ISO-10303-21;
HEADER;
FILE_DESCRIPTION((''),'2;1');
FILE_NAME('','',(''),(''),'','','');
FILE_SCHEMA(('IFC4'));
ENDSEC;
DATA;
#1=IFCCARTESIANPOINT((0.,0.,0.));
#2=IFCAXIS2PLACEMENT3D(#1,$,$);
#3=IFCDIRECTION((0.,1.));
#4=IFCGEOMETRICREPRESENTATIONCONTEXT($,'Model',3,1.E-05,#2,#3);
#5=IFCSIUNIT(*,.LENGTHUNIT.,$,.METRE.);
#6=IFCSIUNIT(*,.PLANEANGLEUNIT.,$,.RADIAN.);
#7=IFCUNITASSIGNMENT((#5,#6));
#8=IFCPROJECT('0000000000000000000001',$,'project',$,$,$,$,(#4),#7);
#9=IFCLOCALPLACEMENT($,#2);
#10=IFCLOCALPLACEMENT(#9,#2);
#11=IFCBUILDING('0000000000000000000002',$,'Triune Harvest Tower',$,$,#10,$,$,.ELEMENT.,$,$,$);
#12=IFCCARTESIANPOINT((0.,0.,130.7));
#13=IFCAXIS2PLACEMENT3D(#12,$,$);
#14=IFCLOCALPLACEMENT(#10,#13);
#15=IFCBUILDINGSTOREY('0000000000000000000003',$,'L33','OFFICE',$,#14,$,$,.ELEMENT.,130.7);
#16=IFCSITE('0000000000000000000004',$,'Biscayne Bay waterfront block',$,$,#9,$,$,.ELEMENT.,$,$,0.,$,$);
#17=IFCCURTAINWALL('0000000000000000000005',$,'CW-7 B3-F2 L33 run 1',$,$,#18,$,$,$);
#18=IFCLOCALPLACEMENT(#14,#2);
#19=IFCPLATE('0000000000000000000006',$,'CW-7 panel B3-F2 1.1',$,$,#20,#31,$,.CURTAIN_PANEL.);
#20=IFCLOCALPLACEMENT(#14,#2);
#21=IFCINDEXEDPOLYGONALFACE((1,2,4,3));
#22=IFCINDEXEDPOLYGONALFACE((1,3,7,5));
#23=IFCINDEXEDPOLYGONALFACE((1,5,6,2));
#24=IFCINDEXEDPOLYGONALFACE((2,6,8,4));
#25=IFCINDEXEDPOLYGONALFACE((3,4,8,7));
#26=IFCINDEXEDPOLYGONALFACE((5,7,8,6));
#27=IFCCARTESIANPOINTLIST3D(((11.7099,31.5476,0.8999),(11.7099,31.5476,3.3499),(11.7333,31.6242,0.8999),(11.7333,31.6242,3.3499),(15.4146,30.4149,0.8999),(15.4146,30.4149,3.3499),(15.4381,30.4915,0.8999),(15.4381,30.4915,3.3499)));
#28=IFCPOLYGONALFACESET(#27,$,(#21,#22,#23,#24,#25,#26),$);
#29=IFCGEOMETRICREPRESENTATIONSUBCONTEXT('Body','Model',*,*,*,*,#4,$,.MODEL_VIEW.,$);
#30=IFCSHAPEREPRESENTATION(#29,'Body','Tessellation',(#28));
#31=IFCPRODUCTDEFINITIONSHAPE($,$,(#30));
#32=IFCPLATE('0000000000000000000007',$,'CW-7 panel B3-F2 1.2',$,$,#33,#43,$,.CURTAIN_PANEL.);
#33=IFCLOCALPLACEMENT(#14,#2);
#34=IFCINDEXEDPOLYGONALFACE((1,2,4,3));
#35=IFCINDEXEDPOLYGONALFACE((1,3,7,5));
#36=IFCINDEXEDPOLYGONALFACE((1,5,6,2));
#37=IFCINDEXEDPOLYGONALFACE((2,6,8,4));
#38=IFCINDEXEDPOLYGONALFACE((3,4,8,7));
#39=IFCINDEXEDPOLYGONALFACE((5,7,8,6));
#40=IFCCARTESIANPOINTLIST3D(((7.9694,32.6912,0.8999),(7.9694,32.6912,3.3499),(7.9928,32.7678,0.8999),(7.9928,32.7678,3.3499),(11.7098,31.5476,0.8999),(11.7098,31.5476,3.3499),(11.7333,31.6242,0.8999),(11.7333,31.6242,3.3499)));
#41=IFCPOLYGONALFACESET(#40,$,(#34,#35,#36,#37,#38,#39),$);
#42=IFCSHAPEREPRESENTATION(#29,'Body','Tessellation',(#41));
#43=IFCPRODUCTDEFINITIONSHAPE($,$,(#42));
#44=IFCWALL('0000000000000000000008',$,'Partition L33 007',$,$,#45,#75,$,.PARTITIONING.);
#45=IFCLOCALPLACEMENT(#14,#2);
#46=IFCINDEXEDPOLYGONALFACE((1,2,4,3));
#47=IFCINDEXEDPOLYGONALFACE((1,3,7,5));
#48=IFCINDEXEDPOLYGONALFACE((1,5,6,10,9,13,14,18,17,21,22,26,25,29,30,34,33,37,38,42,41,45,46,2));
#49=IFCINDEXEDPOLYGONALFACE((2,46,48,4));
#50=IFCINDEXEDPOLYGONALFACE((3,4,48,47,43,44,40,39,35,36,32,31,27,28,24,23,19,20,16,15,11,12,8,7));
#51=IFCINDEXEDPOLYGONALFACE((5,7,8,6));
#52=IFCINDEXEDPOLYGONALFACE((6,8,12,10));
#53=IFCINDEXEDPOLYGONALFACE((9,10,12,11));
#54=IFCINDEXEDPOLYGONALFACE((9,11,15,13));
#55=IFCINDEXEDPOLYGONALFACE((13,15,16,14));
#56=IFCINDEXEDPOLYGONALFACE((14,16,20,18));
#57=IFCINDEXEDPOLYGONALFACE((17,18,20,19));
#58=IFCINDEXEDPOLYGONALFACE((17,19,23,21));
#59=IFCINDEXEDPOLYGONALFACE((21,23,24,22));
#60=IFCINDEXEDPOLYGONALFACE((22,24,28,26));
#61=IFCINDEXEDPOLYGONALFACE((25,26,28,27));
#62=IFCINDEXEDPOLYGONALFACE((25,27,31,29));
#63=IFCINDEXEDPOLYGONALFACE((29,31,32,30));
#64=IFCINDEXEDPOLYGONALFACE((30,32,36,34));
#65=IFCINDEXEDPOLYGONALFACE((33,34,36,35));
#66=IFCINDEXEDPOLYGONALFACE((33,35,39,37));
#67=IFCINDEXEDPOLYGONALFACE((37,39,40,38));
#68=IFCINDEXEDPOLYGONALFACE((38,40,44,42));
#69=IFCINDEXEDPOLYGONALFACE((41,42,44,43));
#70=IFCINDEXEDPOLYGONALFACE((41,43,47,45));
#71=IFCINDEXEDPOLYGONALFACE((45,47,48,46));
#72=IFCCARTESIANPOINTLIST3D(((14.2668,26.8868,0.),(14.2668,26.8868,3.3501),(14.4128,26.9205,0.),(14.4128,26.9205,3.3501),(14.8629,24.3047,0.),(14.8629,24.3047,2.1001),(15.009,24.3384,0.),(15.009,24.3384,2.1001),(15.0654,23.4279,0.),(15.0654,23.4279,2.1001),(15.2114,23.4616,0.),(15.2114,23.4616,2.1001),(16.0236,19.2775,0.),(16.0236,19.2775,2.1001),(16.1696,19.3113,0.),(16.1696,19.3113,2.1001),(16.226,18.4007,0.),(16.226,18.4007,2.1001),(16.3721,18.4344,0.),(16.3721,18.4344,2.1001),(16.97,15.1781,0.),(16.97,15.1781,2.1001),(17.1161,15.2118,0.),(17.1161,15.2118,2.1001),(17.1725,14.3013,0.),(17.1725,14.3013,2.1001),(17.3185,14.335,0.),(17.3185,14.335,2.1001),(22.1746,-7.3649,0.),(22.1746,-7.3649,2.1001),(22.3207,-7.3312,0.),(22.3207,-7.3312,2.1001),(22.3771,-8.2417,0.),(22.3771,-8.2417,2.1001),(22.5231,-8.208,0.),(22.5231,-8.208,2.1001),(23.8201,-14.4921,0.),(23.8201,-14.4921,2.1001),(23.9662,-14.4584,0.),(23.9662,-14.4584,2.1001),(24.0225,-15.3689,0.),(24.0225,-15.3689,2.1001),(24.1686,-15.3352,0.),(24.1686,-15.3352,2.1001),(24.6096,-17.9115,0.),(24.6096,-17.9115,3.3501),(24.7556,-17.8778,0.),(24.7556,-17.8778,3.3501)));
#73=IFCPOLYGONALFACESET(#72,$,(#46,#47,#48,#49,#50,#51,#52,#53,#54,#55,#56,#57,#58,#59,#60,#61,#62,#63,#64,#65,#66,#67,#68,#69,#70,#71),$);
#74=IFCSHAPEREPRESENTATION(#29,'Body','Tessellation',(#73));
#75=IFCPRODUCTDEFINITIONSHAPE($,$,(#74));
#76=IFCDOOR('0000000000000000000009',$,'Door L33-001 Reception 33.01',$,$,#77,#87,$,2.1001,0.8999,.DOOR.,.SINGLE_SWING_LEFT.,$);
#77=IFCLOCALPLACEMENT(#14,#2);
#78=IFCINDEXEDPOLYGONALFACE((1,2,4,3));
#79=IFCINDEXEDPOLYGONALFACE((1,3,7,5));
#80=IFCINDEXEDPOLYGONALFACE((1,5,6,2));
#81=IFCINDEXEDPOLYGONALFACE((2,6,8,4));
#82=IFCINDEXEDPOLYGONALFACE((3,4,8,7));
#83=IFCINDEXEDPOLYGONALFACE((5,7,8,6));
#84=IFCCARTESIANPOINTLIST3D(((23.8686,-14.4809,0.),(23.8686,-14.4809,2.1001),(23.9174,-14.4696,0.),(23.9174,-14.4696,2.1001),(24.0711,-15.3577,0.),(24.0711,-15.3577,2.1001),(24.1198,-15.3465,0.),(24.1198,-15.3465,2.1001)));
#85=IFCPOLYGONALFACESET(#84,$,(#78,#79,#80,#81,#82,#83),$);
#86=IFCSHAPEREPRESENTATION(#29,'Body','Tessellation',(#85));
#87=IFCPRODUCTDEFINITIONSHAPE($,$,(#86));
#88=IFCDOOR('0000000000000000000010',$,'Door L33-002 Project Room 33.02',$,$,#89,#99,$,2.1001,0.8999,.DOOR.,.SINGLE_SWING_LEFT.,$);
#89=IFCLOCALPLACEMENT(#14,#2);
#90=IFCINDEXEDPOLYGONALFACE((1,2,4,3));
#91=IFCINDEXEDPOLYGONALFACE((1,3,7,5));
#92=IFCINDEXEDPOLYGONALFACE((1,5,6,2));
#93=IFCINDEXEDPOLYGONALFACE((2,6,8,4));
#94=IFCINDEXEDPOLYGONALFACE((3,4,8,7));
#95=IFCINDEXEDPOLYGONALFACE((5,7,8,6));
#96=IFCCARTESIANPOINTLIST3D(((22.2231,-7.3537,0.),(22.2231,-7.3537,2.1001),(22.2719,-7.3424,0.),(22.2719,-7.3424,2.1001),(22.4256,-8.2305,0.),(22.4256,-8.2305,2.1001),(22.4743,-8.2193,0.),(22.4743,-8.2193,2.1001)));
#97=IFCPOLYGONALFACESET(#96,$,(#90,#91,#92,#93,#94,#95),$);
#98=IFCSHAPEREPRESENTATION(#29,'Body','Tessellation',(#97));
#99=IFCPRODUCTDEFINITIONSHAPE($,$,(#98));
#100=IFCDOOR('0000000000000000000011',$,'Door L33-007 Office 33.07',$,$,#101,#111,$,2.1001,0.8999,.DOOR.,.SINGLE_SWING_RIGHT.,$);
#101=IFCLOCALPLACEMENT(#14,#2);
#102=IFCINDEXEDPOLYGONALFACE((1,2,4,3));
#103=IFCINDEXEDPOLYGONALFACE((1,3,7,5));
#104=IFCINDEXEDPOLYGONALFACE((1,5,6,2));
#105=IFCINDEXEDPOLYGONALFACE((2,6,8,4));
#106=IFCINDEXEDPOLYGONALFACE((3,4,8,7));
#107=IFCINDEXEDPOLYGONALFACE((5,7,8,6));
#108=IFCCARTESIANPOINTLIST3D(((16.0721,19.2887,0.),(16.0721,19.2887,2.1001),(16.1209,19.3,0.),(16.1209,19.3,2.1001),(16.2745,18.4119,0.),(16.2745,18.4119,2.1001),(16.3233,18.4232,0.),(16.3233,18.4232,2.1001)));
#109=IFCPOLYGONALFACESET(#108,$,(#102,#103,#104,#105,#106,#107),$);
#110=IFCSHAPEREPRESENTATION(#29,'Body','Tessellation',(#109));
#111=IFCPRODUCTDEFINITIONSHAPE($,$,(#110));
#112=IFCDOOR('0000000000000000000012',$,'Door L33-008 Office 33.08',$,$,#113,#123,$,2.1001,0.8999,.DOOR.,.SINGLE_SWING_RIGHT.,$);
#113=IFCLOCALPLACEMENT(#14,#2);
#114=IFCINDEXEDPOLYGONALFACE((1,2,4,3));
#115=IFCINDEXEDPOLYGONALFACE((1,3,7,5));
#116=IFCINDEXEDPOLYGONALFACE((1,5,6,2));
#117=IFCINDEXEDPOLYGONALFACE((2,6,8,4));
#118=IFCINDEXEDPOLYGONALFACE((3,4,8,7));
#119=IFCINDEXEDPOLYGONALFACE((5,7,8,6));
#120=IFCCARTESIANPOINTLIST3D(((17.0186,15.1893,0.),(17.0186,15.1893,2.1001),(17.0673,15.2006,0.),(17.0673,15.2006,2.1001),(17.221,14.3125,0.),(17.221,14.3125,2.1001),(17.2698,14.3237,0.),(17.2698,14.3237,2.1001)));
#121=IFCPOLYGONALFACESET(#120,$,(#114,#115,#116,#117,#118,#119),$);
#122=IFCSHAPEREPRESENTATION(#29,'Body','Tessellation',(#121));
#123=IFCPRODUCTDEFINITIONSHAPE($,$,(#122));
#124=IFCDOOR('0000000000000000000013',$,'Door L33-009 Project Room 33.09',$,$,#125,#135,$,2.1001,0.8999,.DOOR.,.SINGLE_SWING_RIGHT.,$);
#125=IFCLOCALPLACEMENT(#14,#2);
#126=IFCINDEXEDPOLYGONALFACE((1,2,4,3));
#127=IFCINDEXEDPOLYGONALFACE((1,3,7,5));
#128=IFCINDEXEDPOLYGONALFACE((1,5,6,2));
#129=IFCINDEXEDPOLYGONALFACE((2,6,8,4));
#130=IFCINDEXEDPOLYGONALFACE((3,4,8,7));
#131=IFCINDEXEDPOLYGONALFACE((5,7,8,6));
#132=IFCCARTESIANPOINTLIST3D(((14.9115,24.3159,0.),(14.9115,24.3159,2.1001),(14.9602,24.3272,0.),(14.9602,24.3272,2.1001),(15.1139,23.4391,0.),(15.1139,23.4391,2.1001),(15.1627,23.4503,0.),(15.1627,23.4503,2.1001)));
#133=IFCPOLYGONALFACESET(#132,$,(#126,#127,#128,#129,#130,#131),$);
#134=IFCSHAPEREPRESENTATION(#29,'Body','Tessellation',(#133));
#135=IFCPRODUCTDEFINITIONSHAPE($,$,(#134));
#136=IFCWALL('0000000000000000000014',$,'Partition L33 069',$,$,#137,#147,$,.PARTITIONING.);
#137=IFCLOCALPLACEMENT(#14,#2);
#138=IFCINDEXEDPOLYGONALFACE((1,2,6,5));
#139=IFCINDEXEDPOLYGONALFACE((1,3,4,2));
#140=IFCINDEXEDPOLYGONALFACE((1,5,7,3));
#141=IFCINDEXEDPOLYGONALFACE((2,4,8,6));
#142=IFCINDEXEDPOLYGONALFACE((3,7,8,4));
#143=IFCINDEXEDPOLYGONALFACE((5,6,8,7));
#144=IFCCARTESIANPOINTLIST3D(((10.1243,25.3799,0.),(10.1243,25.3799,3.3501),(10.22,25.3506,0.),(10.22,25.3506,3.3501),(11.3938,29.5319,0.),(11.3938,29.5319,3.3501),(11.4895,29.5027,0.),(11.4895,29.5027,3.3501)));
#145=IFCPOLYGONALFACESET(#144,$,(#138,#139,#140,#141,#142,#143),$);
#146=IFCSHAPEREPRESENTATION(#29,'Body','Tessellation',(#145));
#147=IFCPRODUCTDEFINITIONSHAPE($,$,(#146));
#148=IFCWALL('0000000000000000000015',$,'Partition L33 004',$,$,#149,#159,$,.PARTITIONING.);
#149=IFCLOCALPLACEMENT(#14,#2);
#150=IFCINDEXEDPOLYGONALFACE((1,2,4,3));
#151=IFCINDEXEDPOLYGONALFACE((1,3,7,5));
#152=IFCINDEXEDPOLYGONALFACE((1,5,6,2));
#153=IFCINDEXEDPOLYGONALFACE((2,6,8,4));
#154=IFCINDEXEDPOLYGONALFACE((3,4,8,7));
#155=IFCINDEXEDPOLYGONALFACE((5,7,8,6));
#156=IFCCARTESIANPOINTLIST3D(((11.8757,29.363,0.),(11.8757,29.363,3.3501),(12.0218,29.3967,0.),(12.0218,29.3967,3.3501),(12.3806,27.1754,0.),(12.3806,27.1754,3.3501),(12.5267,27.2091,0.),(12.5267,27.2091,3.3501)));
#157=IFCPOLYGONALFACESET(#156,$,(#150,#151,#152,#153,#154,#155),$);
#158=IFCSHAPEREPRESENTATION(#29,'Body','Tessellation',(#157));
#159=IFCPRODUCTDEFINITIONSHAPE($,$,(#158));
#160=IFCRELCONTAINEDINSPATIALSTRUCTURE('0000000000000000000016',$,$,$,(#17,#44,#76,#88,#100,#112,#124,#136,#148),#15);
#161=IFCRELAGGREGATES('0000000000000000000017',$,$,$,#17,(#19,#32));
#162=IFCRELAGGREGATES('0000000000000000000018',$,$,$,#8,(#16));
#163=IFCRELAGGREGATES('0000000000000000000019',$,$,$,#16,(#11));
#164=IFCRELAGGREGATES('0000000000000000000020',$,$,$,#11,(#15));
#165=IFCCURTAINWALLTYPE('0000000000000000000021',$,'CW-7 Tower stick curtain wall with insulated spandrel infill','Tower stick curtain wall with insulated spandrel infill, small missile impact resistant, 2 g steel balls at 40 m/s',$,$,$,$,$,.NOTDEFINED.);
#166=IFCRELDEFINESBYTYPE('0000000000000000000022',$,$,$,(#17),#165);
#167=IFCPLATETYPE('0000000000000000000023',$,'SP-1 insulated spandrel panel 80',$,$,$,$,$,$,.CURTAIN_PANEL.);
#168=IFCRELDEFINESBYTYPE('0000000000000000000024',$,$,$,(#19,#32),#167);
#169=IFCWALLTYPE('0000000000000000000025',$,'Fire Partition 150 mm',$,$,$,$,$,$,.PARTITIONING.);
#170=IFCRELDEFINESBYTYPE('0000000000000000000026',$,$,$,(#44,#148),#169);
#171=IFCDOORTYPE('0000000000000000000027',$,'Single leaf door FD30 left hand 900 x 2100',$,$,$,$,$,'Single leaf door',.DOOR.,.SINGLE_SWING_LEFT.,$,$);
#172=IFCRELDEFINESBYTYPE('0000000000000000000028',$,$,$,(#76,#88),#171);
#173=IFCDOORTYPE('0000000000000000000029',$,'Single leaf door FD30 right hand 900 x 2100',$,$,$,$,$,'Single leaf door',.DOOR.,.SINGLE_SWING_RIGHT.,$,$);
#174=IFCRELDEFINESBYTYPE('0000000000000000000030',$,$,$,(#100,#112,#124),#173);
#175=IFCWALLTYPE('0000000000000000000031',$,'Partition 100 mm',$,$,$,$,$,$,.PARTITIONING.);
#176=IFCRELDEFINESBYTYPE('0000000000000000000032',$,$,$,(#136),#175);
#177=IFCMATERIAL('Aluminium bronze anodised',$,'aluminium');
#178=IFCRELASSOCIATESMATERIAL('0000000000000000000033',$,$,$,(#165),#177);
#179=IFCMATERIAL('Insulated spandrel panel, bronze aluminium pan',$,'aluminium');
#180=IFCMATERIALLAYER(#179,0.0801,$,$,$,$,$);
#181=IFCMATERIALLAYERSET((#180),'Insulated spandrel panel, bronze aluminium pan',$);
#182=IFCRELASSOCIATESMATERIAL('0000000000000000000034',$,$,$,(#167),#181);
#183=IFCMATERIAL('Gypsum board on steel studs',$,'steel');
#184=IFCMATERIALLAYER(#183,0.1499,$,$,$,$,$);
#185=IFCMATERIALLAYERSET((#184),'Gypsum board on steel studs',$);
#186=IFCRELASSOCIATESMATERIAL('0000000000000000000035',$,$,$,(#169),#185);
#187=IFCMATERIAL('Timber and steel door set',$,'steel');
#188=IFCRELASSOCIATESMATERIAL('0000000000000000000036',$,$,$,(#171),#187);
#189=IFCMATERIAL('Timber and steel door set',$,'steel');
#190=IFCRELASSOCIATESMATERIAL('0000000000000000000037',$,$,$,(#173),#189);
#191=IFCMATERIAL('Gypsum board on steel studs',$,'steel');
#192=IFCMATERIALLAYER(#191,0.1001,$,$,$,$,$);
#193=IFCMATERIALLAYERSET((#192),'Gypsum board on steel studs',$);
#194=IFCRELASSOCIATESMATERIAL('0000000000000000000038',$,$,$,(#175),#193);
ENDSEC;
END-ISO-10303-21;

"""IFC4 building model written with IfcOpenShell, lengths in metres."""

from ifc_helpers import new_model, si_unit, direction, frame, frame_2d, origin, origin_2d, place, context, subcontext, project, spatial, rectangle, extrude, source, transform, mapped, material, layer, layer_set, type_object, element, fill, aggregate, save


model = new_model("IFC4")

# Units and contexts
model_context = context("Model", 3, precision=1e-05, world=origin(), true_north=direction((0.0, 1.0)))
body_context = subcontext(model_context, "Body", "Model", "MODEL_VIEW")
ifc_project = project(units=[si_unit("LENGTHUNIT", "METRE"), si_unit("PLANEANGLEUNIT", "RADIAN")], contexts=[model_context])

# Site, building, storey
site_placement = place(None, origin())
site = spatial("IfcSite", under=ifc_project, at=site_placement, Name="Biscayne Bay waterfront block", CompositionType="ELEMENT", RefElevation=0.0)
building_placement = place(site_placement, origin())
building = spatial("IfcBuilding", under=site, at=building_placement, Name="Triune Harvest Tower", CompositionType="ELEMENT")
storey_placement = place(building_placement, frame((0.0, 0.0, 130.7)))
storey = spatial("IfcBuildingStorey", under=building, at=storey_placement, Name="L33", Description="OFFICE", CompositionType="ELEMENT", Elevation=130.7)

# Shared definitions
ifc_material_1 = material(Name="Aluminium bronze anodised", Category="aluminium")
curtain_wall_type_1 = type_object("IfcCurtainWallType", Name="CW-7 Tower stick curtain wall with insulated spandrel infill", Description="Tower stick curtain wall with insulated spandrel infill, small missile impact resistant, 2 g steel balls at 40 m/s", PredefinedType="NOTDEFINED", material=ifc_material_1)

# Curtain wall
curtain_wall_1_placement = place(storey_placement, origin())
curtain_wall_1 = element("IfcCurtainWall", 1, at=curtain_wall_1_placement, inside=storey, type_object=curtain_wall_type_1, Name="CW-7 B3-F2 L33 run 1")

# Plates
ifc_material_2 = material(Name="Insulated spandrel panel, bronze aluminium pan", Category="aluminium")
ifc_layer_1 = layer(ifc_material_2, 0.0801)
ifc_layer_set_1 = layer_set([ifc_layer_1], Name="Insulated spandrel panel, bronze aluminium pan")
plate_type_1 = type_object("IfcPlateType", Name="SP-1 insulated spandrel panel 80", PredefinedType="CURTAIN_PANEL", material=ifc_layer_set_1)
shared_shape_1 = source(origin(), body_context, "Body", "SweptSolid", [
    extrude(rectangle(XDim=3.874, YDim=0.0801, at=origin_2d()), origin(), (0.0, 0.0, 1.0), 2.45),
])
plate_1_placement = place(storey_placement, frame((13.574, 31.0195, 0.8999), z_axis=(0.0, 0.0, 1.0), x_axis=(-0.956303, 0.292377, 0.0)))
plate_1 = element("IfcPlate", 2, at=plate_1_placement, type_object=plate_type_1, Name="CW-7 panel B3-F2 1.1", PredefinedType="CURTAIN_PANEL", context=body_context, shape_type="MappedRepresentation", body=[
    mapped(shared_shape_1, transform((0.0, 0.0, 0.0), scale=1.0)),
])
shared_shape_2 = source(origin(), body_context, "Body", "SweptSolid", [
    extrude(rectangle(XDim=3.9114, YDim=0.0801, at=origin_2d()), origin(), (0.0, 0.0, 1.0), 2.45),
])
plate_2_placement = place(storey_placement, frame((9.8513, 32.1577, 0.8999), z_axis=(0.0, 0.0, 1.0), x_axis=(-0.956303, 0.292377, 0.0)))
plate_2 = element("IfcPlate", 3, at=plate_2_placement, type_object=plate_type_1, Name="CW-7 panel B3-F2 1.2", PredefinedType="CURTAIN_PANEL", context=body_context, shape_type="MappedRepresentation", body=[
    mapped(shared_shape_2, transform((0.0, 0.0, 0.0), scale=1.0)),
])
aggregate(curtain_wall_1, [plate_1, plate_2])

# Wall, openings, doors
ifc_material_3 = material(Name="Gypsum board on steel studs", Category="steel")
ifc_layer_2 = layer(ifc_material_3, 0.1499)
ifc_layer_set_2 = layer_set([ifc_layer_2], Name="Gypsum board on steel studs")
wall_type_1 = type_object("IfcWallType", Name="Fire Partition 150 mm", PredefinedType="PARTITIONING", material=ifc_layer_set_2)
wall_1_placement = place(storey_placement, frame((14.3398, 26.9036, 0.0), z_axis=(0.0, 0.0, 1.0), x_axis=(0.224956, -0.974369, 0.0)))
wall_1 = element("IfcWall", 4, at=wall_1_placement, inside=storey, type_object=wall_type_1, Name="Partition L33 007", PredefinedType="PARTITIONING", context=body_context, shape_type="SweptSolid", body=[
    extrude(rectangle(XDim=45.9768, YDim=0.1499, at=frame_2d((22.9883, 0.0))), origin(), (0.0, 0.0, 1.0), 3.3501),
])
opening_1_placement = place(wall_1_placement, frame((42.4673, 0.0, 0.0)))
opening_1 = element("IfcOpeningElement", 5, at=opening_1_placement, cuts=wall_1, PredefinedType="OPENING", context=body_context, shape_type="SweptSolid", body=[
    extrude(rectangle(XDim=0.8999, YDim=2.1001, at=frame_2d((0.45, 1.05))), frame((0.0, 0.085, 0.0), z_axis=(0.0, -1.0, 0.0), x_axis=(1.0, 0.0, 0.0)), (0.0, 0.0, 1.0), 0.1699),
])
opening_2_placement = place(wall_1_placement, frame((35.1526, 0.0, 0.0)))
opening_2 = element("IfcOpeningElement", 6, at=opening_2_placement, cuts=wall_1, PredefinedType="OPENING", context=body_context, shape_type="SweptSolid", body=[
    extrude(rectangle(XDim=0.8999, YDim=2.1001, at=frame_2d((0.45, 1.05))), frame((0.0, 0.085, 0.0), z_axis=(0.0, -1.0, 0.0), x_axis=(1.0, 0.0, 0.0)), (0.0, 0.0, 1.0), 0.1699),
])
opening_3_placement = place(wall_1_placement, frame((7.8093, 0.0, 0.0)))
opening_3 = element("IfcOpeningElement", 7, at=opening_3_placement, cuts=wall_1, PredefinedType="OPENING", context=body_context, shape_type="SweptSolid", body=[
    extrude(rectangle(XDim=0.8999, YDim=2.1001, at=frame_2d((0.45, 1.05))), frame((0.0, 0.085, 0.0), z_axis=(0.0, -1.0, 0.0), x_axis=(1.0, 0.0, 0.0)), (0.0, 0.0, 1.0), 0.1699),
])
opening_4_placement = place(wall_1_placement, frame((12.0166, 0.0, 0.0)))
opening_4 = element("IfcOpeningElement", 8, at=opening_4_placement, cuts=wall_1, PredefinedType="OPENING", context=body_context, shape_type="SweptSolid", body=[
    extrude(rectangle(XDim=0.8999, YDim=2.1001, at=frame_2d((0.45, 1.05))), frame((0.0, 0.085, 0.0), z_axis=(0.0, -1.0, 0.0), x_axis=(1.0, 0.0, 0.0)), (0.0, 0.0, 1.0), 0.1699),
])
opening_5_placement = place(wall_1_placement, frame((2.6499, 0.0, 0.0)))
opening_5 = element("IfcOpeningElement", 9, at=opening_5_placement, cuts=wall_1, PredefinedType="OPENING", context=body_context, shape_type="SweptSolid", body=[
    extrude(rectangle(XDim=0.8999, YDim=2.1001, at=frame_2d((0.45, 1.05))), frame((0.0, 0.085, 0.0), z_axis=(0.0, -1.0, 0.0), x_axis=(1.0, 0.0, 0.0)), (0.0, 0.0, 1.0), 0.1699),
])
ifc_material_4 = material(Name="Timber and steel door set", Category="steel")
door_type_1 = type_object("IfcDoorType", Name="Single leaf door FD30 left hand 900 x 2100", ElementType="Single leaf door", OperationType="SINGLE_SWING_LEFT", PredefinedType="DOOR", material=ifc_material_4)
door_1_placement = place(opening_1_placement, origin())
door_1 = element("IfcDoor", 10, at=door_1_placement, inside=storey, type_object=door_type_1, Name="Door L33-001 Reception 33.01", OperationType="SINGLE_SWING_LEFT", OverallHeight=2.1001, OverallWidth=0.8999, PredefinedType="DOOR", context=body_context, shape_type="SweptSolid", body=[
    extrude(rectangle(XDim=0.8999, YDim=2.1001, at=frame_2d((0.45, 1.05))), frame((0.0, 0.0249, 0.0), z_axis=(0.0, -1.0, 0.0), x_axis=(1.0, 0.0, 0.0)), (0.0, 0.0, 1.0), 0.05),
])
fill(opening_1, door_1)
door_2_placement = place(opening_2_placement, origin())
door_2 = element("IfcDoor", 11, at=door_2_placement, inside=storey, type_object=door_type_1, Name="Door L33-002 Project Room 33.02", OperationType="SINGLE_SWING_LEFT", OverallHeight=2.1001, OverallWidth=0.8999, PredefinedType="DOOR", context=body_context, shape_type="SweptSolid", body=[
    extrude(rectangle(XDim=0.8999, YDim=2.1001, at=frame_2d((0.45, 1.05))), frame((0.0, 0.0249, 0.0), z_axis=(0.0, -1.0, 0.0), x_axis=(1.0, 0.0, 0.0)), (0.0, 0.0, 1.0), 0.05),
])
fill(opening_2, door_2)
ifc_material_5 = material(Name="Timber and steel door set", Category="steel")
door_type_2 = type_object("IfcDoorType", Name="Single leaf door FD30 right hand 900 x 2100", ElementType="Single leaf door", OperationType="SINGLE_SWING_RIGHT", PredefinedType="DOOR", material=ifc_material_5)
door_3_placement = place(opening_3_placement, origin())
door_3 = element("IfcDoor", 12, at=door_3_placement, inside=storey, type_object=door_type_2, Name="Door L33-007 Office 33.07", OperationType="SINGLE_SWING_RIGHT", OverallHeight=2.1001, OverallWidth=0.8999, PredefinedType="DOOR", context=body_context, shape_type="SweptSolid", body=[
    extrude(rectangle(XDim=0.8999, YDim=2.1001, at=frame_2d((0.45, 1.05))), frame((0.0, 0.0249, 0.0), z_axis=(0.0, -1.0, 0.0), x_axis=(1.0, 0.0, 0.0)), (0.0, 0.0, 1.0), 0.05),
])
fill(opening_3, door_3)
door_4_placement = place(opening_4_placement, origin())
door_4 = element("IfcDoor", 13, at=door_4_placement, inside=storey, type_object=door_type_2, Name="Door L33-008 Office 33.08", OperationType="SINGLE_SWING_RIGHT", OverallHeight=2.1001, OverallWidth=0.8999, PredefinedType="DOOR", context=body_context, shape_type="SweptSolid", body=[
    extrude(rectangle(XDim=0.8999, YDim=2.1001, at=frame_2d((0.45, 1.05))), frame((0.0, 0.0249, 0.0), z_axis=(0.0, -1.0, 0.0), x_axis=(1.0, 0.0, 0.0)), (0.0, 0.0, 1.0), 0.05),
])
fill(opening_4, door_4)
door_5_placement = place(opening_5_placement, origin())
door_5 = element("IfcDoor", 14, at=door_5_placement, inside=storey, type_object=door_type_2, Name="Door L33-009 Project Room 33.09", OperationType="SINGLE_SWING_RIGHT", OverallHeight=2.1001, OverallWidth=0.8999, PredefinedType="DOOR", context=body_context, shape_type="SweptSolid", body=[
    extrude(rectangle(XDim=0.8999, YDim=2.1001, at=frame_2d((0.45, 1.05))), frame((0.0, 0.0249, 0.0), z_axis=(0.0, -1.0, 0.0), x_axis=(1.0, 0.0, 0.0)), (0.0, 0.0, 1.0), 0.05),
])
fill(opening_5, door_5)

# Walls
ifc_material_6 = material(Name="Gypsum board on steel studs", Category="steel")
ifc_layer_3 = layer(ifc_material_6, 0.1001)
ifc_layer_set_3 = layer_set([ifc_layer_3], Name="Gypsum board on steel studs")
wall_type_2 = type_object("IfcWallType", Name="Partition 100 mm", PredefinedType="PARTITIONING", material=ifc_layer_set_3)
wall_2_placement = place(storey_placement, frame((10.1721, 25.3652, 0.0), z_axis=(0.0, 0.0, 1.0), x_axis=(0.292394, 0.956298, 0.0)))
element("IfcWall", 15, at=wall_2_placement, inside=storey, type_object=wall_type_2, Name="Partition L33 069", PredefinedType="PARTITIONING", context=body_context, shape_type="SweptSolid", body=[
    extrude(rectangle(XDim=4.3418, YDim=0.1001, at=frame_2d((2.1709, 0.0))), origin(), (0.0, 0.0, 1.0), 3.3501),
])
shared_shape_3 = source(origin(), body_context, "Body", "SweptSolid", [
    extrude(rectangle(XDim=2.2451, YDim=0.1499, at=frame_2d((1.1226, 0.0))), origin(), (0.0, 0.0, 1.0), 3.3501),
])
wall_3_placement = place(storey_placement, frame((11.9487, 29.3799, 0.0), z_axis=(0.0, 0.0, 1.0), x_axis=(0.224891, -0.974384, 0.0)))
element("IfcWall", 16, at=wall_3_placement, inside=storey, type_object=wall_type_1, Name="Partition L33 004", PredefinedType="PARTITIONING", context=body_context, shape_type="MappedRepresentation", body=[
    mapped(shared_shape_3, transform((0.0, 0.0, 0.0), scale=1.0)),
])

save(model, "model.ifc")
